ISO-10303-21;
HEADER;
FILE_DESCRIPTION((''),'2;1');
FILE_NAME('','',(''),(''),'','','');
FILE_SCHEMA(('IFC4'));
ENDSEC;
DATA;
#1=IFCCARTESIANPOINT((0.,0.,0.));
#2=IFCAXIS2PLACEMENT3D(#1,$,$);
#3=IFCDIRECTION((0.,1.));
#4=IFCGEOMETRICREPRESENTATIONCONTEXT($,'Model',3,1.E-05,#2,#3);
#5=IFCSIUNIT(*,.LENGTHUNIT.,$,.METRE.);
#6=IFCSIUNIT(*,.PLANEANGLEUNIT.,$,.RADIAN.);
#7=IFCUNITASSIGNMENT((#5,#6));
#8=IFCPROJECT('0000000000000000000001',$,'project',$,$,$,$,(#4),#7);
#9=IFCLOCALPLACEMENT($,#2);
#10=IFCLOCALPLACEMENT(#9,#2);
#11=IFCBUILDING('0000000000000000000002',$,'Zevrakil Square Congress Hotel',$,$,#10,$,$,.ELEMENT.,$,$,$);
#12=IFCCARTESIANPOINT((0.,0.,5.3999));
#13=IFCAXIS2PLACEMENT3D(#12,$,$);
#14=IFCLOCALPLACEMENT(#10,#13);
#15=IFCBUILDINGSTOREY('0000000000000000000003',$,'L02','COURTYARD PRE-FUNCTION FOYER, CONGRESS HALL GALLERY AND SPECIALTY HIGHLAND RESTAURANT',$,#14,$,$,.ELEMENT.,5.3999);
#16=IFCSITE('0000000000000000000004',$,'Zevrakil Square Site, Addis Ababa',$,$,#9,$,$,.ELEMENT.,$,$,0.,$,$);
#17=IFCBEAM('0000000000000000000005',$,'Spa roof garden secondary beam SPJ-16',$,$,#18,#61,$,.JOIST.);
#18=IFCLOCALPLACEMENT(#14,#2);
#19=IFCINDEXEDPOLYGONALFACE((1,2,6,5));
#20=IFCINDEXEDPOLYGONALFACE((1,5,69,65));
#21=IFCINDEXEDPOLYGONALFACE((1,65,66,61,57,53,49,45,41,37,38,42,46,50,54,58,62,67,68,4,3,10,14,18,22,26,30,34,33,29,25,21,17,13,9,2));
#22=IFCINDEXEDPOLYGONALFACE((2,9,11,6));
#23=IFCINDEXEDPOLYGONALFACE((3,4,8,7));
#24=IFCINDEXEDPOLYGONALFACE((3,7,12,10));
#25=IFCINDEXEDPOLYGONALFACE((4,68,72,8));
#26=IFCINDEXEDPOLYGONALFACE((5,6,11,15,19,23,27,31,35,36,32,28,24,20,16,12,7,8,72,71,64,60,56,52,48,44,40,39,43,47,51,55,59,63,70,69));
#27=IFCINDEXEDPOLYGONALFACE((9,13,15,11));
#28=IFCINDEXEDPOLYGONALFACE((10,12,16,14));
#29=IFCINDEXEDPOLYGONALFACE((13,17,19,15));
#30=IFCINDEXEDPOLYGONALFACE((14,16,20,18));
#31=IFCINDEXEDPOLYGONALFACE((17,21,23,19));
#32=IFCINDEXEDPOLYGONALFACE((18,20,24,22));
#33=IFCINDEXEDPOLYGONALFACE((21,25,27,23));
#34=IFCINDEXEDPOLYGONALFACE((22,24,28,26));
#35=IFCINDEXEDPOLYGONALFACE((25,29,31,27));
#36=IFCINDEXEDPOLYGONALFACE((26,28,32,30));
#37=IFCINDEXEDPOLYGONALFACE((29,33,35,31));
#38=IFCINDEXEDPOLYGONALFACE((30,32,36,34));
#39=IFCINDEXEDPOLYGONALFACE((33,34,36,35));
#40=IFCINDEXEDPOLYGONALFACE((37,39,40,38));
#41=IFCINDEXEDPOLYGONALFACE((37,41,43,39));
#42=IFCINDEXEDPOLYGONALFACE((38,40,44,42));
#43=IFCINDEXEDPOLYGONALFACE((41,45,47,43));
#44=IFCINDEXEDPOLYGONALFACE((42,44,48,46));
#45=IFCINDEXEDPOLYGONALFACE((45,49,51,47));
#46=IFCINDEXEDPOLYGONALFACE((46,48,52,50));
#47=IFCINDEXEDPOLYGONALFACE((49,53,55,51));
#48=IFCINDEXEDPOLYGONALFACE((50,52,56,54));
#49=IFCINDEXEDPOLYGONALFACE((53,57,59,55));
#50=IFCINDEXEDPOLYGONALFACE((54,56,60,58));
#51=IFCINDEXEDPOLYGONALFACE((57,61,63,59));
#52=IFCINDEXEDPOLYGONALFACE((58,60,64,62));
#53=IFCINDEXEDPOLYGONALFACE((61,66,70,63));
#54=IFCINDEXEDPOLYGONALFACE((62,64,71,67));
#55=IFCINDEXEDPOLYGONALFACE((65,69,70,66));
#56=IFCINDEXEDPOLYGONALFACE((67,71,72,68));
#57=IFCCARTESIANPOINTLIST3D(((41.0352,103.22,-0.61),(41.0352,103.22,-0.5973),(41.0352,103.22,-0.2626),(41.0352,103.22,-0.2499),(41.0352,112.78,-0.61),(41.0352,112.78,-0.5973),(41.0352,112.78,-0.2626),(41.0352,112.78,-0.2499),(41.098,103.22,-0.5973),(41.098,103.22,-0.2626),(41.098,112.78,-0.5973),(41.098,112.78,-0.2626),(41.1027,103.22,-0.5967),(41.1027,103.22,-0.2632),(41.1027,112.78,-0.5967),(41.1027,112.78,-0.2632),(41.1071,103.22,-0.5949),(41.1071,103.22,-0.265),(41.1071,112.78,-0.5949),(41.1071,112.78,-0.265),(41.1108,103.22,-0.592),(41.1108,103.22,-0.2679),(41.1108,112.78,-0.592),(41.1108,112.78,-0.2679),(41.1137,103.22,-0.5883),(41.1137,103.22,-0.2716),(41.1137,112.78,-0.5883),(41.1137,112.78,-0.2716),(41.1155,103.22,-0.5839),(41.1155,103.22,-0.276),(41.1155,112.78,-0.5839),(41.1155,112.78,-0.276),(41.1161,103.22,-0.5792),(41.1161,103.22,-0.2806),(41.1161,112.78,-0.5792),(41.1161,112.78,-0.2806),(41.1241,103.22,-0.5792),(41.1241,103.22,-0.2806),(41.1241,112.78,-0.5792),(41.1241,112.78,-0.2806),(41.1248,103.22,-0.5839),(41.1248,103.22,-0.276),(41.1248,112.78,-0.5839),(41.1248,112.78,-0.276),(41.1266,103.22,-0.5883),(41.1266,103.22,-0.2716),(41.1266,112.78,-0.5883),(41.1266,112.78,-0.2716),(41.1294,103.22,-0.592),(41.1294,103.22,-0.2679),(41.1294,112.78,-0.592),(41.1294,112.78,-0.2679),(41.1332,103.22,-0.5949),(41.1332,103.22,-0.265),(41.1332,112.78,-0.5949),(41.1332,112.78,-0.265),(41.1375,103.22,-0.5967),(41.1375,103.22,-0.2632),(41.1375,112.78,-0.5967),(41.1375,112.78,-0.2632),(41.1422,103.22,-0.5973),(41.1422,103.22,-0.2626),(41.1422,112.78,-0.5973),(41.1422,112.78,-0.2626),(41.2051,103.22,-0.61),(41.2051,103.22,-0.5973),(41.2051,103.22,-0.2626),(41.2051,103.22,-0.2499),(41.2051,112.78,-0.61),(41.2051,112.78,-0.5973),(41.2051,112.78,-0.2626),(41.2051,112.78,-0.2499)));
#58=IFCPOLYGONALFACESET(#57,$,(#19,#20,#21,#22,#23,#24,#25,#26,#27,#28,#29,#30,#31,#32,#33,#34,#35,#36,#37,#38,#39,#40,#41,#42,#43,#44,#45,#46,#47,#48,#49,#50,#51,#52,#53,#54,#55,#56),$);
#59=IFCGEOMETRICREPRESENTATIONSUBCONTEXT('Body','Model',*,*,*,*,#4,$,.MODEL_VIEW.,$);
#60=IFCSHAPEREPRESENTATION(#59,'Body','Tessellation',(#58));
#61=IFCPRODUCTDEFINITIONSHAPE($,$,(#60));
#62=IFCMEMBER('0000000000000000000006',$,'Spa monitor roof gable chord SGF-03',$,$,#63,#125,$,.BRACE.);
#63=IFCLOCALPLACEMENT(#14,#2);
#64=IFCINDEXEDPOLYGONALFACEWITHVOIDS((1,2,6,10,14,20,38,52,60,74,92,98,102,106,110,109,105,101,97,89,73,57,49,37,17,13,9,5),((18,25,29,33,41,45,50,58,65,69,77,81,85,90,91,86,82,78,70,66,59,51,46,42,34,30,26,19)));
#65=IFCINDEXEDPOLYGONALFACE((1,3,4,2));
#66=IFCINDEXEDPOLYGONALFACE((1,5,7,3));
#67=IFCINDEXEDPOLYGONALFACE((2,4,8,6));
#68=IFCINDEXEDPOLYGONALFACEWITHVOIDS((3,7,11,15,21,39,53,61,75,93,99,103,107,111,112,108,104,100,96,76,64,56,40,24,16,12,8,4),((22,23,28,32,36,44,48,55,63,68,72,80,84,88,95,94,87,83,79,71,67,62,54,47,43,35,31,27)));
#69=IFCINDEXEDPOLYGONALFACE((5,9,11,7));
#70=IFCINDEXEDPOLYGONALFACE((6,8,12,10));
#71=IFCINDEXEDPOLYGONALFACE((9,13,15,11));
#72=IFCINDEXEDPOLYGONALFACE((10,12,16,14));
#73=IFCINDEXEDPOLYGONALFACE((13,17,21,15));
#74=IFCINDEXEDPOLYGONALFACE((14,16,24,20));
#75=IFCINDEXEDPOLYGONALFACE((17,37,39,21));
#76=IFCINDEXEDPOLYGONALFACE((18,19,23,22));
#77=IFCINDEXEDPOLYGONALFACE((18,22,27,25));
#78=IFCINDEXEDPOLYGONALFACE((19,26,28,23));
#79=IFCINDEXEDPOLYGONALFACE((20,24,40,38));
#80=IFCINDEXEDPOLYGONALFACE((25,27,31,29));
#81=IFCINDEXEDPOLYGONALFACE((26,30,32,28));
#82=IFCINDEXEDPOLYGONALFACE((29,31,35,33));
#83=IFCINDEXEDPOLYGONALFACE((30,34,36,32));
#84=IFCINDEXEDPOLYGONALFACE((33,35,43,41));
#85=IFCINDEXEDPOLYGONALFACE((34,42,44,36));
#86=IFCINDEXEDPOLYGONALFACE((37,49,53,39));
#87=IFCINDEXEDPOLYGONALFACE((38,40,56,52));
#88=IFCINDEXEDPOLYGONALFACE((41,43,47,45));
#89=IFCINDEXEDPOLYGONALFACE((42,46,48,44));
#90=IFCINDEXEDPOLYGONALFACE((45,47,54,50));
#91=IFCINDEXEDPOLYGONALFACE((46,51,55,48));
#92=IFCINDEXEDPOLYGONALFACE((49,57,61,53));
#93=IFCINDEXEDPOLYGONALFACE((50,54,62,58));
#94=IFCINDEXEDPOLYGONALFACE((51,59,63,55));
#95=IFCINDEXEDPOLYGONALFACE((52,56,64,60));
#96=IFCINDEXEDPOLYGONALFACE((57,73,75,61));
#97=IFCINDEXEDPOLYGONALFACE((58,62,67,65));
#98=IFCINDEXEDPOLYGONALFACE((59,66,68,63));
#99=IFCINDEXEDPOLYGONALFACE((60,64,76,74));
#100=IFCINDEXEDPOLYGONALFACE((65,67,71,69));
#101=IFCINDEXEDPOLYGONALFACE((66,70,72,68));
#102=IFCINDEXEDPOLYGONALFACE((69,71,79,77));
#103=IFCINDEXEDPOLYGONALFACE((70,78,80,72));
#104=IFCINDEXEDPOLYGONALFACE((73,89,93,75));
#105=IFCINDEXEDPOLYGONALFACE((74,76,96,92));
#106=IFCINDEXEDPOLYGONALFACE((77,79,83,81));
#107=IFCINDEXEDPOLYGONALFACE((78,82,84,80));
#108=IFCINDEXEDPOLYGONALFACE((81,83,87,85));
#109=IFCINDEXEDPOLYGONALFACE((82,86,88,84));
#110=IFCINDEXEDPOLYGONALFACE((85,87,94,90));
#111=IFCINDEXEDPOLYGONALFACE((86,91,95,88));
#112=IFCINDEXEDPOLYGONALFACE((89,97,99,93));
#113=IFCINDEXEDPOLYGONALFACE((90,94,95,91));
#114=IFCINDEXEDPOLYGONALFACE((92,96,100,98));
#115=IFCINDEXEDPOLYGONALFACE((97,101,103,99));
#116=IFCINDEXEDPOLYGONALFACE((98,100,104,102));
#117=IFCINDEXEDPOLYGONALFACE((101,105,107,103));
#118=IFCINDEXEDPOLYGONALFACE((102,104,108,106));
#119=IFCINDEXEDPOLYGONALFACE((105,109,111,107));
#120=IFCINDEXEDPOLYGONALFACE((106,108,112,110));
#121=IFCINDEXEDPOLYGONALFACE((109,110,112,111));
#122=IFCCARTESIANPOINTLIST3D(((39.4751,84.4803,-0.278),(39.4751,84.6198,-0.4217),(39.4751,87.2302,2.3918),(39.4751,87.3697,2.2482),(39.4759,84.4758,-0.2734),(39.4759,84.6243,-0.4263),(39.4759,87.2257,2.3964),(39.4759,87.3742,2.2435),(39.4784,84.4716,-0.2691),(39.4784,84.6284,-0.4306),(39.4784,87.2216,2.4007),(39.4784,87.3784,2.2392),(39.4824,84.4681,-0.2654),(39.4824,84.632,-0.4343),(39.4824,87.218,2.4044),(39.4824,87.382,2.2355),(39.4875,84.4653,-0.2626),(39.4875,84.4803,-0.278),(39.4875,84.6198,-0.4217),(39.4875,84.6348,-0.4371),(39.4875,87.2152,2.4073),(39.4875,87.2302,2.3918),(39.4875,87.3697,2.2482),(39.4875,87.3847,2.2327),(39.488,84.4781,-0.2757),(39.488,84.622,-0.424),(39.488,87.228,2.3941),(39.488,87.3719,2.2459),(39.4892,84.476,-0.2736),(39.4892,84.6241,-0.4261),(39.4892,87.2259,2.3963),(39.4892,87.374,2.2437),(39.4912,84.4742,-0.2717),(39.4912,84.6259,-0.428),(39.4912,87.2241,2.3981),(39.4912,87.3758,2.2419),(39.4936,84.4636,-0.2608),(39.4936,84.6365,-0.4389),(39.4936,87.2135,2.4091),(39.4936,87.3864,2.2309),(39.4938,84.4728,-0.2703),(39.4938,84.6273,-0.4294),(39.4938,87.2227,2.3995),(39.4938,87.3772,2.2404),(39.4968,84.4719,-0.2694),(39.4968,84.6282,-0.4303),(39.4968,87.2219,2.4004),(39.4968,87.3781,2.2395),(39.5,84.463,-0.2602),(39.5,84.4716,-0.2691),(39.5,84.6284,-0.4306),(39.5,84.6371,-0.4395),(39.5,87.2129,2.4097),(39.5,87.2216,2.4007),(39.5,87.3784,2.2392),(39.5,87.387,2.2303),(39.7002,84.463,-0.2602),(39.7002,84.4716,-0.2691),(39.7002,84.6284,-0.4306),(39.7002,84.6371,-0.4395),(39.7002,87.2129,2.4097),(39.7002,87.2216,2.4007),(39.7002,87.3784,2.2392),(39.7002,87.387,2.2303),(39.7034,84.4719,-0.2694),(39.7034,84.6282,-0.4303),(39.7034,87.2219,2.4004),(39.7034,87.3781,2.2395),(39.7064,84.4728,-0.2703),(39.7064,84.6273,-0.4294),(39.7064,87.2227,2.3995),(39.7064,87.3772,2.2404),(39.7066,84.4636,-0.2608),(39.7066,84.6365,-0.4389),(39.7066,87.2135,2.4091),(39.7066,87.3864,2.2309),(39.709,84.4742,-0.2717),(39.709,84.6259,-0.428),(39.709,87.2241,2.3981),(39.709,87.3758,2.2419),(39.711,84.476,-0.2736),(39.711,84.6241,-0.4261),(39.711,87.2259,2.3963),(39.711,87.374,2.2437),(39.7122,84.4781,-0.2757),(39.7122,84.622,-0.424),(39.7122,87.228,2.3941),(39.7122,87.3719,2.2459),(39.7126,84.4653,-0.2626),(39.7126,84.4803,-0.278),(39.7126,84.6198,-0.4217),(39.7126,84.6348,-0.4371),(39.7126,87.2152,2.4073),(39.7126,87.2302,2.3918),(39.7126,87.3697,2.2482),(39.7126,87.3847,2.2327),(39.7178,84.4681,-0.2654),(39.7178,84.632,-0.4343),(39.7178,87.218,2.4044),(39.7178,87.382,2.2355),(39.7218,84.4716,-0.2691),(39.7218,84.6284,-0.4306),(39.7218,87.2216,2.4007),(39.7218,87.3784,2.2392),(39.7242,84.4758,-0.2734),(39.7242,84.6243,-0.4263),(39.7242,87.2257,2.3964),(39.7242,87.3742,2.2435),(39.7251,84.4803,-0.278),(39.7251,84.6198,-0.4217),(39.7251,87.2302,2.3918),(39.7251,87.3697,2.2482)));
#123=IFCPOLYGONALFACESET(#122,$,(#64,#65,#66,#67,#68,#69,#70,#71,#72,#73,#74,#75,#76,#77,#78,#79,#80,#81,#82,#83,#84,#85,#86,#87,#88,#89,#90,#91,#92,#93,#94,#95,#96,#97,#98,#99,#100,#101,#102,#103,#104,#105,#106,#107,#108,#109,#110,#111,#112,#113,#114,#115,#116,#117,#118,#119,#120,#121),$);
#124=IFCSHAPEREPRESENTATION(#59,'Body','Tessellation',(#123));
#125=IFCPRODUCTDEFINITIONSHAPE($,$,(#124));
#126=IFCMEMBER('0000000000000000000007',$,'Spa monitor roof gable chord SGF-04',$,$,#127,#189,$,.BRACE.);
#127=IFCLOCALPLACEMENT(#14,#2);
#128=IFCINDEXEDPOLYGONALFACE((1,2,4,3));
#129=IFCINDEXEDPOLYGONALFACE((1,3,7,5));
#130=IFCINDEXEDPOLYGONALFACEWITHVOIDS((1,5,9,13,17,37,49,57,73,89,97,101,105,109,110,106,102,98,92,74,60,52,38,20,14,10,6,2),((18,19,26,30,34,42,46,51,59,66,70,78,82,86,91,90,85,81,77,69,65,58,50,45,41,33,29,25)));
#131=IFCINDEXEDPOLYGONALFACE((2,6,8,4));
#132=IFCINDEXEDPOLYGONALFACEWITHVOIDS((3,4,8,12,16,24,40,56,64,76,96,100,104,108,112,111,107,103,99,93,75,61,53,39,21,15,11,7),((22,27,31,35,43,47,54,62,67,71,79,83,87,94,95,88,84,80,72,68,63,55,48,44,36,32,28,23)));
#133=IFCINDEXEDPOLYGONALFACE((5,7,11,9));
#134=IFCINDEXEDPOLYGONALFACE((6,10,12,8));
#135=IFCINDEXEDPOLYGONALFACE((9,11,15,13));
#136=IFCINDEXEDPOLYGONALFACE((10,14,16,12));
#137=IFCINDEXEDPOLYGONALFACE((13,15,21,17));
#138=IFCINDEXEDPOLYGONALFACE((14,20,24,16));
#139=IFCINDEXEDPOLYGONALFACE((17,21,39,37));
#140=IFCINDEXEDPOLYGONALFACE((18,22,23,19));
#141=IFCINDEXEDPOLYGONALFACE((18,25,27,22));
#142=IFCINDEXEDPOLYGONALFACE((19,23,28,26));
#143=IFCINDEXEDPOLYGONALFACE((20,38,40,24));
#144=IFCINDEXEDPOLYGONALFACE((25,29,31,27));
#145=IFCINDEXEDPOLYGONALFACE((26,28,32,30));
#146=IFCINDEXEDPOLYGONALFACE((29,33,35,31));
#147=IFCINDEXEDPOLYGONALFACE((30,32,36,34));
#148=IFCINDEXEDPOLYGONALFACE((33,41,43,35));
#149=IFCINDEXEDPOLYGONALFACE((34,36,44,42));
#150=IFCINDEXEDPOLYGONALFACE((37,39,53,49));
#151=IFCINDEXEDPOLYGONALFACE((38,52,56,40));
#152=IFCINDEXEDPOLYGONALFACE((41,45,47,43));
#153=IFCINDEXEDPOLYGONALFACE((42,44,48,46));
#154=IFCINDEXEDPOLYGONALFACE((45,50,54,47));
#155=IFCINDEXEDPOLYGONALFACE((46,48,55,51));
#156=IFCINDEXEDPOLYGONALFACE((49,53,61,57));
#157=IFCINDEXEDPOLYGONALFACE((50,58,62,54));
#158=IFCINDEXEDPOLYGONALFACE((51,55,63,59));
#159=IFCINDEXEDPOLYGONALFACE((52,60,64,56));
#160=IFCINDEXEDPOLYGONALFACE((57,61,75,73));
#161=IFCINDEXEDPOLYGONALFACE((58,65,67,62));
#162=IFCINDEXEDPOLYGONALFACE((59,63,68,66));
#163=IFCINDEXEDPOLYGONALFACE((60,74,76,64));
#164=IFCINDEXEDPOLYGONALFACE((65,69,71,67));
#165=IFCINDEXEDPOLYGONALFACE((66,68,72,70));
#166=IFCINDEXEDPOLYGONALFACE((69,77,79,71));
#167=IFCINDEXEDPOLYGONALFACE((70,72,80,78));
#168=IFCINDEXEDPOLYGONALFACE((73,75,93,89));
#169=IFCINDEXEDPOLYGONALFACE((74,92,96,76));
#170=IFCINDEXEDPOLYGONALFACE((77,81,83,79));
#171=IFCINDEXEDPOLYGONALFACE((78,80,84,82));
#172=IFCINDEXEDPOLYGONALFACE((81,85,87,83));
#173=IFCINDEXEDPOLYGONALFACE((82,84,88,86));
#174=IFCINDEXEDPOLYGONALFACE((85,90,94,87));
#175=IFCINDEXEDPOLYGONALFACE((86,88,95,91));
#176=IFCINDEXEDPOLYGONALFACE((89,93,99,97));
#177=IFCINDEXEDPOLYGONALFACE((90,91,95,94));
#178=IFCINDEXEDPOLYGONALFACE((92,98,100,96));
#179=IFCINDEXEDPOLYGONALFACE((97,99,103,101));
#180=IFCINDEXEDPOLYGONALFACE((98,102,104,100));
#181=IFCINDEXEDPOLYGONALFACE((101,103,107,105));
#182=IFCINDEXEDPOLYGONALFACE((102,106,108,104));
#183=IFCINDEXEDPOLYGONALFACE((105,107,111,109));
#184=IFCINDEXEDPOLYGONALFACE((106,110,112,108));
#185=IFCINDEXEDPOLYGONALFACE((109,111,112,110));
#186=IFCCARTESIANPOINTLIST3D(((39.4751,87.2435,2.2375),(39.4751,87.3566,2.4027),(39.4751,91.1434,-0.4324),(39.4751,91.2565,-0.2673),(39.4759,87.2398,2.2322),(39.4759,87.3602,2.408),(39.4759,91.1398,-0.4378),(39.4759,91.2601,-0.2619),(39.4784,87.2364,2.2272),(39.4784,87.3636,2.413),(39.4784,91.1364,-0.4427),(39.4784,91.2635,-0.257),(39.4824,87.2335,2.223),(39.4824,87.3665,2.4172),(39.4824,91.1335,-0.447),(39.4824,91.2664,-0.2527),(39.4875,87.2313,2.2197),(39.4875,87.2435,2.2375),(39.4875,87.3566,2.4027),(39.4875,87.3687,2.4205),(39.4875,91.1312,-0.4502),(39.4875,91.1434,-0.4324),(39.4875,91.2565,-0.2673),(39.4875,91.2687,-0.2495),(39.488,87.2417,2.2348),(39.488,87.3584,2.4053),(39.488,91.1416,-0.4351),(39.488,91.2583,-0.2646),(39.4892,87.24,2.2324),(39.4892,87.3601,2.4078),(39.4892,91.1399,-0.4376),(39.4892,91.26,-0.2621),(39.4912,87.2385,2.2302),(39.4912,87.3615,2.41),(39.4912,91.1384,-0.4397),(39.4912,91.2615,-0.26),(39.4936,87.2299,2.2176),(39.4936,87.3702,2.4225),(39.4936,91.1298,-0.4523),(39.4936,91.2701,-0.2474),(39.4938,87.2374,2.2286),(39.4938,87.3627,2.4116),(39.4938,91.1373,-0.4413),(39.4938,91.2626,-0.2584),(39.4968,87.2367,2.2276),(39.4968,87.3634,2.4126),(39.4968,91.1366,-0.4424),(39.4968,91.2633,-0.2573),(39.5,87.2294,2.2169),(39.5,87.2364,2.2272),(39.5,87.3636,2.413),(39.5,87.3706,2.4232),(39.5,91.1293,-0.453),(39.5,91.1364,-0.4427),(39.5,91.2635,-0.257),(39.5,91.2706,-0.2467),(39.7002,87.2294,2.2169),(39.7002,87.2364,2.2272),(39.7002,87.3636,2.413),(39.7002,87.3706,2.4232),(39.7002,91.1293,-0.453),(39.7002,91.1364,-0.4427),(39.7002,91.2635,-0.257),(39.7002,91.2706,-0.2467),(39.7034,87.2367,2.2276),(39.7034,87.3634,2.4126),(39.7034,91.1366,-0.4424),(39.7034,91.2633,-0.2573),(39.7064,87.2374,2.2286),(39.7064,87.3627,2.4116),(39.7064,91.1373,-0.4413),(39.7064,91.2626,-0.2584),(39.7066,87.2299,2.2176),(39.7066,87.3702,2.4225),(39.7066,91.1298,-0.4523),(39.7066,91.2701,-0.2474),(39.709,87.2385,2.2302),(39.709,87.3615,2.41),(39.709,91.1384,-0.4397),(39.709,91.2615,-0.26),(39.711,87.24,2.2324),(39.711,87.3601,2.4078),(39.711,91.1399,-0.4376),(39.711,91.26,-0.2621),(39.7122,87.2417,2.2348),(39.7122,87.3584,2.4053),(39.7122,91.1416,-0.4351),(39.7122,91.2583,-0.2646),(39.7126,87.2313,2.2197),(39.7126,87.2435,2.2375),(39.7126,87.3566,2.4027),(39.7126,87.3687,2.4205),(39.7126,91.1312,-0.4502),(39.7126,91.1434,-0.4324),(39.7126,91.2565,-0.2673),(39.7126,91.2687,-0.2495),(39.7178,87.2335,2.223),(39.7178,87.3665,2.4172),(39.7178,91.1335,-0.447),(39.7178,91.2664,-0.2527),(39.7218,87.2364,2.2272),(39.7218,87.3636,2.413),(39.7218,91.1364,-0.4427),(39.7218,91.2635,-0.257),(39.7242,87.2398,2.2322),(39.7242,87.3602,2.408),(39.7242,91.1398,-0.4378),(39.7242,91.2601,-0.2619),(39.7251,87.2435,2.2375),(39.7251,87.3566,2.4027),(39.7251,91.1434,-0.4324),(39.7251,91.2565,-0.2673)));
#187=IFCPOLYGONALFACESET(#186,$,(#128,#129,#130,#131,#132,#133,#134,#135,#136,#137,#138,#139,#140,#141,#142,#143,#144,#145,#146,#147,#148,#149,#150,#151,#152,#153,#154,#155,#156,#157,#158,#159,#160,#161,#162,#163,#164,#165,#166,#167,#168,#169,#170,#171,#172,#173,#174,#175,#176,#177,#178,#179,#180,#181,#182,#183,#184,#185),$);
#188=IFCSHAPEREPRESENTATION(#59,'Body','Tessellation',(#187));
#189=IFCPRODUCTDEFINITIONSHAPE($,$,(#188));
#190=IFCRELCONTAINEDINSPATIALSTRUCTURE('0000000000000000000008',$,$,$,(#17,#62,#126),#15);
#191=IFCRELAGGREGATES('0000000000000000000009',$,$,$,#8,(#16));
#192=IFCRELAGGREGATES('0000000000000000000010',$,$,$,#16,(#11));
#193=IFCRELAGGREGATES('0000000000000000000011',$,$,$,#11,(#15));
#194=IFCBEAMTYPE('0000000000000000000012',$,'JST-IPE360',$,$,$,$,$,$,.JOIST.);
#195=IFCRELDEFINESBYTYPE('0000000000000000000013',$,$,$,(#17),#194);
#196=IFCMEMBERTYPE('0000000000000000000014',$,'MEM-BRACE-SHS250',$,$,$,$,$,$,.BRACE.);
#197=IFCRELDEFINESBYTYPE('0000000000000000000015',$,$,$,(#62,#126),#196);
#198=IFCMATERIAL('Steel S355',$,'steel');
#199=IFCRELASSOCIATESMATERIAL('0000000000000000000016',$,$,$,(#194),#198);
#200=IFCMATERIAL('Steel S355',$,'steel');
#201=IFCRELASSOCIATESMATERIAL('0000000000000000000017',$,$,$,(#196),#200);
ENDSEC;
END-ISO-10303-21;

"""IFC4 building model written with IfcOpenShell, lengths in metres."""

from ifc_helpers import new_model, si_unit, direction, frame, origin, origin_2d, place, context, subcontext, project, spatial, hollow_rectangle, i_section, extrude, material, material_profile, profile_set, type_object, element, save


model = new_model("IFC4")

# Units and contexts
model_context = context("Model", 3, precision=1e-05, world=origin(), true_north=direction((0.0, 1.0)))
body_context = subcontext(model_context, "Body", "Model", "MODEL_VIEW")
ifc_project = project(units=[si_unit("LENGTHUNIT", "METRE"), si_unit("PLANEANGLEUNIT", "RADIAN")], contexts=[model_context])

# Site, building, storey
site_placement = place(None, origin())
site = spatial("IfcSite", under=ifc_project, at=site_placement, Name="Zevrakil Square Site, Addis Ababa", CompositionType="ELEMENT", RefElevation=0.0)
building_placement = place(site_placement, origin())
building = spatial("IfcBuilding", under=site, at=building_placement, Name="Zevrakil Square Congress Hotel", CompositionType="ELEMENT")
storey_placement = place(building_placement, frame((0.0, 0.0, 5.3999)))
storey = spatial("IfcBuildingStorey", under=building, at=storey_placement, Name="L02", Description="COURTYARD PRE-FUNCTION FOYER, CONGRESS HALL GALLERY AND SPECIALTY HIGHLAND RESTAURANT", CompositionType="ELEMENT", Elevation=5.3999)

# Beam
ifc_material_1 = material(Name="Steel S355", Category="steel")
ifc_material_profile_1 = material_profile(ifc_material_1, i_section(OverallWidth=0.1699, OverallDepth=0.3601, WebThickness=0.0081, FlangeThickness=0.0127, FilletRadius=0.0181, at=origin_2d()), Name="IPE 360")
ifc_profile_set_1 = profile_set([ifc_material_profile_1], Name="Steel S355")
beam_type_1 = type_object("IfcBeamType", Name="JST-IPE360", PredefinedType="JOIST", material=ifc_profile_set_1)
beam_1_placement = place(storey_placement, frame((41.1201, 103.22, -0.4299), z_axis=(0.0, 1.0, 0.0), x_axis=(-1.0, 0.0, 0.0)))
element("IfcBeam", 1, at=beam_1_placement, inside=storey, type_object=beam_type_1, Name="Spa roof garden secondary beam SPJ-16", PredefinedType="JOIST", context=body_context, shape_type="SweptSolid", body=[
    extrude(i_section(OverallWidth=0.1699, OverallDepth=0.3601, WebThickness=0.0081, FlangeThickness=0.0127, FilletRadius=0.0181, at=origin_2d()), origin(), (0.0, 0.0, 1.0), 9.5601),
])

# Members
ifc_material_2 = material(Name="Steel S355", Category="steel")
ifc_material_profile_2 = material_profile(ifc_material_2, hollow_rectangle(XDim=0.25, YDim=0.25, WallThickness=0.0125, InnerFilletRadius=0.0125, OuterFilletRadius=0.0249, at=origin_2d()), Name="SHS 250x250x12.5")
ifc_profile_set_2 = profile_set([ifc_material_profile_2], Name="Steel S355")
member_type_1 = type_object("IfcMemberType", Name="MEM-BRACE-SHS250", PredefinedType="BRACE", material=ifc_profile_set_2)
member_1_placement = place(storey_placement, frame((39.6001, 84.55, -0.3499), z_axis=(0.0, 0.717476, 0.696583), x_axis=(-1.0, 0.0, 0.0)))
element("IfcMember", 2, at=member_1_placement, inside=storey, type_object=member_type_1, Name="Spa monitor roof gable chord SGF-03", PredefinedType="BRACE", context=body_context, shape_type="SweptSolid", body=[
    extrude(hollow_rectangle(XDim=0.25, YDim=0.25, WallThickness=0.0125, InnerFilletRadius=0.0125, OuterFilletRadius=0.0249, at=origin_2d()), origin(), (0.0, 0.0, 1.0), 3.8328),
])
member_2_placement = place(storey_placement, frame((39.6001, 91.2, -0.3499), z_axis=(0.0, -0.825153, 0.56491), x_axis=(1.0, 0.0, 0.0)))
element("IfcMember", 3, at=member_2_placement, inside=storey, type_object=member_type_1, Name="Spa monitor roof gable chord SGF-04", PredefinedType="BRACE", context=body_context, shape_type="SweptSolid", body=[
    extrude(hollow_rectangle(XDim=0.25, YDim=0.25, WallThickness=0.0125, InnerFilletRadius=0.0125, OuterFilletRadius=0.0249, at=origin_2d()), origin(), (0.0, 0.0, 1.0), 4.7263),
])

save(model, "model.ifc")
